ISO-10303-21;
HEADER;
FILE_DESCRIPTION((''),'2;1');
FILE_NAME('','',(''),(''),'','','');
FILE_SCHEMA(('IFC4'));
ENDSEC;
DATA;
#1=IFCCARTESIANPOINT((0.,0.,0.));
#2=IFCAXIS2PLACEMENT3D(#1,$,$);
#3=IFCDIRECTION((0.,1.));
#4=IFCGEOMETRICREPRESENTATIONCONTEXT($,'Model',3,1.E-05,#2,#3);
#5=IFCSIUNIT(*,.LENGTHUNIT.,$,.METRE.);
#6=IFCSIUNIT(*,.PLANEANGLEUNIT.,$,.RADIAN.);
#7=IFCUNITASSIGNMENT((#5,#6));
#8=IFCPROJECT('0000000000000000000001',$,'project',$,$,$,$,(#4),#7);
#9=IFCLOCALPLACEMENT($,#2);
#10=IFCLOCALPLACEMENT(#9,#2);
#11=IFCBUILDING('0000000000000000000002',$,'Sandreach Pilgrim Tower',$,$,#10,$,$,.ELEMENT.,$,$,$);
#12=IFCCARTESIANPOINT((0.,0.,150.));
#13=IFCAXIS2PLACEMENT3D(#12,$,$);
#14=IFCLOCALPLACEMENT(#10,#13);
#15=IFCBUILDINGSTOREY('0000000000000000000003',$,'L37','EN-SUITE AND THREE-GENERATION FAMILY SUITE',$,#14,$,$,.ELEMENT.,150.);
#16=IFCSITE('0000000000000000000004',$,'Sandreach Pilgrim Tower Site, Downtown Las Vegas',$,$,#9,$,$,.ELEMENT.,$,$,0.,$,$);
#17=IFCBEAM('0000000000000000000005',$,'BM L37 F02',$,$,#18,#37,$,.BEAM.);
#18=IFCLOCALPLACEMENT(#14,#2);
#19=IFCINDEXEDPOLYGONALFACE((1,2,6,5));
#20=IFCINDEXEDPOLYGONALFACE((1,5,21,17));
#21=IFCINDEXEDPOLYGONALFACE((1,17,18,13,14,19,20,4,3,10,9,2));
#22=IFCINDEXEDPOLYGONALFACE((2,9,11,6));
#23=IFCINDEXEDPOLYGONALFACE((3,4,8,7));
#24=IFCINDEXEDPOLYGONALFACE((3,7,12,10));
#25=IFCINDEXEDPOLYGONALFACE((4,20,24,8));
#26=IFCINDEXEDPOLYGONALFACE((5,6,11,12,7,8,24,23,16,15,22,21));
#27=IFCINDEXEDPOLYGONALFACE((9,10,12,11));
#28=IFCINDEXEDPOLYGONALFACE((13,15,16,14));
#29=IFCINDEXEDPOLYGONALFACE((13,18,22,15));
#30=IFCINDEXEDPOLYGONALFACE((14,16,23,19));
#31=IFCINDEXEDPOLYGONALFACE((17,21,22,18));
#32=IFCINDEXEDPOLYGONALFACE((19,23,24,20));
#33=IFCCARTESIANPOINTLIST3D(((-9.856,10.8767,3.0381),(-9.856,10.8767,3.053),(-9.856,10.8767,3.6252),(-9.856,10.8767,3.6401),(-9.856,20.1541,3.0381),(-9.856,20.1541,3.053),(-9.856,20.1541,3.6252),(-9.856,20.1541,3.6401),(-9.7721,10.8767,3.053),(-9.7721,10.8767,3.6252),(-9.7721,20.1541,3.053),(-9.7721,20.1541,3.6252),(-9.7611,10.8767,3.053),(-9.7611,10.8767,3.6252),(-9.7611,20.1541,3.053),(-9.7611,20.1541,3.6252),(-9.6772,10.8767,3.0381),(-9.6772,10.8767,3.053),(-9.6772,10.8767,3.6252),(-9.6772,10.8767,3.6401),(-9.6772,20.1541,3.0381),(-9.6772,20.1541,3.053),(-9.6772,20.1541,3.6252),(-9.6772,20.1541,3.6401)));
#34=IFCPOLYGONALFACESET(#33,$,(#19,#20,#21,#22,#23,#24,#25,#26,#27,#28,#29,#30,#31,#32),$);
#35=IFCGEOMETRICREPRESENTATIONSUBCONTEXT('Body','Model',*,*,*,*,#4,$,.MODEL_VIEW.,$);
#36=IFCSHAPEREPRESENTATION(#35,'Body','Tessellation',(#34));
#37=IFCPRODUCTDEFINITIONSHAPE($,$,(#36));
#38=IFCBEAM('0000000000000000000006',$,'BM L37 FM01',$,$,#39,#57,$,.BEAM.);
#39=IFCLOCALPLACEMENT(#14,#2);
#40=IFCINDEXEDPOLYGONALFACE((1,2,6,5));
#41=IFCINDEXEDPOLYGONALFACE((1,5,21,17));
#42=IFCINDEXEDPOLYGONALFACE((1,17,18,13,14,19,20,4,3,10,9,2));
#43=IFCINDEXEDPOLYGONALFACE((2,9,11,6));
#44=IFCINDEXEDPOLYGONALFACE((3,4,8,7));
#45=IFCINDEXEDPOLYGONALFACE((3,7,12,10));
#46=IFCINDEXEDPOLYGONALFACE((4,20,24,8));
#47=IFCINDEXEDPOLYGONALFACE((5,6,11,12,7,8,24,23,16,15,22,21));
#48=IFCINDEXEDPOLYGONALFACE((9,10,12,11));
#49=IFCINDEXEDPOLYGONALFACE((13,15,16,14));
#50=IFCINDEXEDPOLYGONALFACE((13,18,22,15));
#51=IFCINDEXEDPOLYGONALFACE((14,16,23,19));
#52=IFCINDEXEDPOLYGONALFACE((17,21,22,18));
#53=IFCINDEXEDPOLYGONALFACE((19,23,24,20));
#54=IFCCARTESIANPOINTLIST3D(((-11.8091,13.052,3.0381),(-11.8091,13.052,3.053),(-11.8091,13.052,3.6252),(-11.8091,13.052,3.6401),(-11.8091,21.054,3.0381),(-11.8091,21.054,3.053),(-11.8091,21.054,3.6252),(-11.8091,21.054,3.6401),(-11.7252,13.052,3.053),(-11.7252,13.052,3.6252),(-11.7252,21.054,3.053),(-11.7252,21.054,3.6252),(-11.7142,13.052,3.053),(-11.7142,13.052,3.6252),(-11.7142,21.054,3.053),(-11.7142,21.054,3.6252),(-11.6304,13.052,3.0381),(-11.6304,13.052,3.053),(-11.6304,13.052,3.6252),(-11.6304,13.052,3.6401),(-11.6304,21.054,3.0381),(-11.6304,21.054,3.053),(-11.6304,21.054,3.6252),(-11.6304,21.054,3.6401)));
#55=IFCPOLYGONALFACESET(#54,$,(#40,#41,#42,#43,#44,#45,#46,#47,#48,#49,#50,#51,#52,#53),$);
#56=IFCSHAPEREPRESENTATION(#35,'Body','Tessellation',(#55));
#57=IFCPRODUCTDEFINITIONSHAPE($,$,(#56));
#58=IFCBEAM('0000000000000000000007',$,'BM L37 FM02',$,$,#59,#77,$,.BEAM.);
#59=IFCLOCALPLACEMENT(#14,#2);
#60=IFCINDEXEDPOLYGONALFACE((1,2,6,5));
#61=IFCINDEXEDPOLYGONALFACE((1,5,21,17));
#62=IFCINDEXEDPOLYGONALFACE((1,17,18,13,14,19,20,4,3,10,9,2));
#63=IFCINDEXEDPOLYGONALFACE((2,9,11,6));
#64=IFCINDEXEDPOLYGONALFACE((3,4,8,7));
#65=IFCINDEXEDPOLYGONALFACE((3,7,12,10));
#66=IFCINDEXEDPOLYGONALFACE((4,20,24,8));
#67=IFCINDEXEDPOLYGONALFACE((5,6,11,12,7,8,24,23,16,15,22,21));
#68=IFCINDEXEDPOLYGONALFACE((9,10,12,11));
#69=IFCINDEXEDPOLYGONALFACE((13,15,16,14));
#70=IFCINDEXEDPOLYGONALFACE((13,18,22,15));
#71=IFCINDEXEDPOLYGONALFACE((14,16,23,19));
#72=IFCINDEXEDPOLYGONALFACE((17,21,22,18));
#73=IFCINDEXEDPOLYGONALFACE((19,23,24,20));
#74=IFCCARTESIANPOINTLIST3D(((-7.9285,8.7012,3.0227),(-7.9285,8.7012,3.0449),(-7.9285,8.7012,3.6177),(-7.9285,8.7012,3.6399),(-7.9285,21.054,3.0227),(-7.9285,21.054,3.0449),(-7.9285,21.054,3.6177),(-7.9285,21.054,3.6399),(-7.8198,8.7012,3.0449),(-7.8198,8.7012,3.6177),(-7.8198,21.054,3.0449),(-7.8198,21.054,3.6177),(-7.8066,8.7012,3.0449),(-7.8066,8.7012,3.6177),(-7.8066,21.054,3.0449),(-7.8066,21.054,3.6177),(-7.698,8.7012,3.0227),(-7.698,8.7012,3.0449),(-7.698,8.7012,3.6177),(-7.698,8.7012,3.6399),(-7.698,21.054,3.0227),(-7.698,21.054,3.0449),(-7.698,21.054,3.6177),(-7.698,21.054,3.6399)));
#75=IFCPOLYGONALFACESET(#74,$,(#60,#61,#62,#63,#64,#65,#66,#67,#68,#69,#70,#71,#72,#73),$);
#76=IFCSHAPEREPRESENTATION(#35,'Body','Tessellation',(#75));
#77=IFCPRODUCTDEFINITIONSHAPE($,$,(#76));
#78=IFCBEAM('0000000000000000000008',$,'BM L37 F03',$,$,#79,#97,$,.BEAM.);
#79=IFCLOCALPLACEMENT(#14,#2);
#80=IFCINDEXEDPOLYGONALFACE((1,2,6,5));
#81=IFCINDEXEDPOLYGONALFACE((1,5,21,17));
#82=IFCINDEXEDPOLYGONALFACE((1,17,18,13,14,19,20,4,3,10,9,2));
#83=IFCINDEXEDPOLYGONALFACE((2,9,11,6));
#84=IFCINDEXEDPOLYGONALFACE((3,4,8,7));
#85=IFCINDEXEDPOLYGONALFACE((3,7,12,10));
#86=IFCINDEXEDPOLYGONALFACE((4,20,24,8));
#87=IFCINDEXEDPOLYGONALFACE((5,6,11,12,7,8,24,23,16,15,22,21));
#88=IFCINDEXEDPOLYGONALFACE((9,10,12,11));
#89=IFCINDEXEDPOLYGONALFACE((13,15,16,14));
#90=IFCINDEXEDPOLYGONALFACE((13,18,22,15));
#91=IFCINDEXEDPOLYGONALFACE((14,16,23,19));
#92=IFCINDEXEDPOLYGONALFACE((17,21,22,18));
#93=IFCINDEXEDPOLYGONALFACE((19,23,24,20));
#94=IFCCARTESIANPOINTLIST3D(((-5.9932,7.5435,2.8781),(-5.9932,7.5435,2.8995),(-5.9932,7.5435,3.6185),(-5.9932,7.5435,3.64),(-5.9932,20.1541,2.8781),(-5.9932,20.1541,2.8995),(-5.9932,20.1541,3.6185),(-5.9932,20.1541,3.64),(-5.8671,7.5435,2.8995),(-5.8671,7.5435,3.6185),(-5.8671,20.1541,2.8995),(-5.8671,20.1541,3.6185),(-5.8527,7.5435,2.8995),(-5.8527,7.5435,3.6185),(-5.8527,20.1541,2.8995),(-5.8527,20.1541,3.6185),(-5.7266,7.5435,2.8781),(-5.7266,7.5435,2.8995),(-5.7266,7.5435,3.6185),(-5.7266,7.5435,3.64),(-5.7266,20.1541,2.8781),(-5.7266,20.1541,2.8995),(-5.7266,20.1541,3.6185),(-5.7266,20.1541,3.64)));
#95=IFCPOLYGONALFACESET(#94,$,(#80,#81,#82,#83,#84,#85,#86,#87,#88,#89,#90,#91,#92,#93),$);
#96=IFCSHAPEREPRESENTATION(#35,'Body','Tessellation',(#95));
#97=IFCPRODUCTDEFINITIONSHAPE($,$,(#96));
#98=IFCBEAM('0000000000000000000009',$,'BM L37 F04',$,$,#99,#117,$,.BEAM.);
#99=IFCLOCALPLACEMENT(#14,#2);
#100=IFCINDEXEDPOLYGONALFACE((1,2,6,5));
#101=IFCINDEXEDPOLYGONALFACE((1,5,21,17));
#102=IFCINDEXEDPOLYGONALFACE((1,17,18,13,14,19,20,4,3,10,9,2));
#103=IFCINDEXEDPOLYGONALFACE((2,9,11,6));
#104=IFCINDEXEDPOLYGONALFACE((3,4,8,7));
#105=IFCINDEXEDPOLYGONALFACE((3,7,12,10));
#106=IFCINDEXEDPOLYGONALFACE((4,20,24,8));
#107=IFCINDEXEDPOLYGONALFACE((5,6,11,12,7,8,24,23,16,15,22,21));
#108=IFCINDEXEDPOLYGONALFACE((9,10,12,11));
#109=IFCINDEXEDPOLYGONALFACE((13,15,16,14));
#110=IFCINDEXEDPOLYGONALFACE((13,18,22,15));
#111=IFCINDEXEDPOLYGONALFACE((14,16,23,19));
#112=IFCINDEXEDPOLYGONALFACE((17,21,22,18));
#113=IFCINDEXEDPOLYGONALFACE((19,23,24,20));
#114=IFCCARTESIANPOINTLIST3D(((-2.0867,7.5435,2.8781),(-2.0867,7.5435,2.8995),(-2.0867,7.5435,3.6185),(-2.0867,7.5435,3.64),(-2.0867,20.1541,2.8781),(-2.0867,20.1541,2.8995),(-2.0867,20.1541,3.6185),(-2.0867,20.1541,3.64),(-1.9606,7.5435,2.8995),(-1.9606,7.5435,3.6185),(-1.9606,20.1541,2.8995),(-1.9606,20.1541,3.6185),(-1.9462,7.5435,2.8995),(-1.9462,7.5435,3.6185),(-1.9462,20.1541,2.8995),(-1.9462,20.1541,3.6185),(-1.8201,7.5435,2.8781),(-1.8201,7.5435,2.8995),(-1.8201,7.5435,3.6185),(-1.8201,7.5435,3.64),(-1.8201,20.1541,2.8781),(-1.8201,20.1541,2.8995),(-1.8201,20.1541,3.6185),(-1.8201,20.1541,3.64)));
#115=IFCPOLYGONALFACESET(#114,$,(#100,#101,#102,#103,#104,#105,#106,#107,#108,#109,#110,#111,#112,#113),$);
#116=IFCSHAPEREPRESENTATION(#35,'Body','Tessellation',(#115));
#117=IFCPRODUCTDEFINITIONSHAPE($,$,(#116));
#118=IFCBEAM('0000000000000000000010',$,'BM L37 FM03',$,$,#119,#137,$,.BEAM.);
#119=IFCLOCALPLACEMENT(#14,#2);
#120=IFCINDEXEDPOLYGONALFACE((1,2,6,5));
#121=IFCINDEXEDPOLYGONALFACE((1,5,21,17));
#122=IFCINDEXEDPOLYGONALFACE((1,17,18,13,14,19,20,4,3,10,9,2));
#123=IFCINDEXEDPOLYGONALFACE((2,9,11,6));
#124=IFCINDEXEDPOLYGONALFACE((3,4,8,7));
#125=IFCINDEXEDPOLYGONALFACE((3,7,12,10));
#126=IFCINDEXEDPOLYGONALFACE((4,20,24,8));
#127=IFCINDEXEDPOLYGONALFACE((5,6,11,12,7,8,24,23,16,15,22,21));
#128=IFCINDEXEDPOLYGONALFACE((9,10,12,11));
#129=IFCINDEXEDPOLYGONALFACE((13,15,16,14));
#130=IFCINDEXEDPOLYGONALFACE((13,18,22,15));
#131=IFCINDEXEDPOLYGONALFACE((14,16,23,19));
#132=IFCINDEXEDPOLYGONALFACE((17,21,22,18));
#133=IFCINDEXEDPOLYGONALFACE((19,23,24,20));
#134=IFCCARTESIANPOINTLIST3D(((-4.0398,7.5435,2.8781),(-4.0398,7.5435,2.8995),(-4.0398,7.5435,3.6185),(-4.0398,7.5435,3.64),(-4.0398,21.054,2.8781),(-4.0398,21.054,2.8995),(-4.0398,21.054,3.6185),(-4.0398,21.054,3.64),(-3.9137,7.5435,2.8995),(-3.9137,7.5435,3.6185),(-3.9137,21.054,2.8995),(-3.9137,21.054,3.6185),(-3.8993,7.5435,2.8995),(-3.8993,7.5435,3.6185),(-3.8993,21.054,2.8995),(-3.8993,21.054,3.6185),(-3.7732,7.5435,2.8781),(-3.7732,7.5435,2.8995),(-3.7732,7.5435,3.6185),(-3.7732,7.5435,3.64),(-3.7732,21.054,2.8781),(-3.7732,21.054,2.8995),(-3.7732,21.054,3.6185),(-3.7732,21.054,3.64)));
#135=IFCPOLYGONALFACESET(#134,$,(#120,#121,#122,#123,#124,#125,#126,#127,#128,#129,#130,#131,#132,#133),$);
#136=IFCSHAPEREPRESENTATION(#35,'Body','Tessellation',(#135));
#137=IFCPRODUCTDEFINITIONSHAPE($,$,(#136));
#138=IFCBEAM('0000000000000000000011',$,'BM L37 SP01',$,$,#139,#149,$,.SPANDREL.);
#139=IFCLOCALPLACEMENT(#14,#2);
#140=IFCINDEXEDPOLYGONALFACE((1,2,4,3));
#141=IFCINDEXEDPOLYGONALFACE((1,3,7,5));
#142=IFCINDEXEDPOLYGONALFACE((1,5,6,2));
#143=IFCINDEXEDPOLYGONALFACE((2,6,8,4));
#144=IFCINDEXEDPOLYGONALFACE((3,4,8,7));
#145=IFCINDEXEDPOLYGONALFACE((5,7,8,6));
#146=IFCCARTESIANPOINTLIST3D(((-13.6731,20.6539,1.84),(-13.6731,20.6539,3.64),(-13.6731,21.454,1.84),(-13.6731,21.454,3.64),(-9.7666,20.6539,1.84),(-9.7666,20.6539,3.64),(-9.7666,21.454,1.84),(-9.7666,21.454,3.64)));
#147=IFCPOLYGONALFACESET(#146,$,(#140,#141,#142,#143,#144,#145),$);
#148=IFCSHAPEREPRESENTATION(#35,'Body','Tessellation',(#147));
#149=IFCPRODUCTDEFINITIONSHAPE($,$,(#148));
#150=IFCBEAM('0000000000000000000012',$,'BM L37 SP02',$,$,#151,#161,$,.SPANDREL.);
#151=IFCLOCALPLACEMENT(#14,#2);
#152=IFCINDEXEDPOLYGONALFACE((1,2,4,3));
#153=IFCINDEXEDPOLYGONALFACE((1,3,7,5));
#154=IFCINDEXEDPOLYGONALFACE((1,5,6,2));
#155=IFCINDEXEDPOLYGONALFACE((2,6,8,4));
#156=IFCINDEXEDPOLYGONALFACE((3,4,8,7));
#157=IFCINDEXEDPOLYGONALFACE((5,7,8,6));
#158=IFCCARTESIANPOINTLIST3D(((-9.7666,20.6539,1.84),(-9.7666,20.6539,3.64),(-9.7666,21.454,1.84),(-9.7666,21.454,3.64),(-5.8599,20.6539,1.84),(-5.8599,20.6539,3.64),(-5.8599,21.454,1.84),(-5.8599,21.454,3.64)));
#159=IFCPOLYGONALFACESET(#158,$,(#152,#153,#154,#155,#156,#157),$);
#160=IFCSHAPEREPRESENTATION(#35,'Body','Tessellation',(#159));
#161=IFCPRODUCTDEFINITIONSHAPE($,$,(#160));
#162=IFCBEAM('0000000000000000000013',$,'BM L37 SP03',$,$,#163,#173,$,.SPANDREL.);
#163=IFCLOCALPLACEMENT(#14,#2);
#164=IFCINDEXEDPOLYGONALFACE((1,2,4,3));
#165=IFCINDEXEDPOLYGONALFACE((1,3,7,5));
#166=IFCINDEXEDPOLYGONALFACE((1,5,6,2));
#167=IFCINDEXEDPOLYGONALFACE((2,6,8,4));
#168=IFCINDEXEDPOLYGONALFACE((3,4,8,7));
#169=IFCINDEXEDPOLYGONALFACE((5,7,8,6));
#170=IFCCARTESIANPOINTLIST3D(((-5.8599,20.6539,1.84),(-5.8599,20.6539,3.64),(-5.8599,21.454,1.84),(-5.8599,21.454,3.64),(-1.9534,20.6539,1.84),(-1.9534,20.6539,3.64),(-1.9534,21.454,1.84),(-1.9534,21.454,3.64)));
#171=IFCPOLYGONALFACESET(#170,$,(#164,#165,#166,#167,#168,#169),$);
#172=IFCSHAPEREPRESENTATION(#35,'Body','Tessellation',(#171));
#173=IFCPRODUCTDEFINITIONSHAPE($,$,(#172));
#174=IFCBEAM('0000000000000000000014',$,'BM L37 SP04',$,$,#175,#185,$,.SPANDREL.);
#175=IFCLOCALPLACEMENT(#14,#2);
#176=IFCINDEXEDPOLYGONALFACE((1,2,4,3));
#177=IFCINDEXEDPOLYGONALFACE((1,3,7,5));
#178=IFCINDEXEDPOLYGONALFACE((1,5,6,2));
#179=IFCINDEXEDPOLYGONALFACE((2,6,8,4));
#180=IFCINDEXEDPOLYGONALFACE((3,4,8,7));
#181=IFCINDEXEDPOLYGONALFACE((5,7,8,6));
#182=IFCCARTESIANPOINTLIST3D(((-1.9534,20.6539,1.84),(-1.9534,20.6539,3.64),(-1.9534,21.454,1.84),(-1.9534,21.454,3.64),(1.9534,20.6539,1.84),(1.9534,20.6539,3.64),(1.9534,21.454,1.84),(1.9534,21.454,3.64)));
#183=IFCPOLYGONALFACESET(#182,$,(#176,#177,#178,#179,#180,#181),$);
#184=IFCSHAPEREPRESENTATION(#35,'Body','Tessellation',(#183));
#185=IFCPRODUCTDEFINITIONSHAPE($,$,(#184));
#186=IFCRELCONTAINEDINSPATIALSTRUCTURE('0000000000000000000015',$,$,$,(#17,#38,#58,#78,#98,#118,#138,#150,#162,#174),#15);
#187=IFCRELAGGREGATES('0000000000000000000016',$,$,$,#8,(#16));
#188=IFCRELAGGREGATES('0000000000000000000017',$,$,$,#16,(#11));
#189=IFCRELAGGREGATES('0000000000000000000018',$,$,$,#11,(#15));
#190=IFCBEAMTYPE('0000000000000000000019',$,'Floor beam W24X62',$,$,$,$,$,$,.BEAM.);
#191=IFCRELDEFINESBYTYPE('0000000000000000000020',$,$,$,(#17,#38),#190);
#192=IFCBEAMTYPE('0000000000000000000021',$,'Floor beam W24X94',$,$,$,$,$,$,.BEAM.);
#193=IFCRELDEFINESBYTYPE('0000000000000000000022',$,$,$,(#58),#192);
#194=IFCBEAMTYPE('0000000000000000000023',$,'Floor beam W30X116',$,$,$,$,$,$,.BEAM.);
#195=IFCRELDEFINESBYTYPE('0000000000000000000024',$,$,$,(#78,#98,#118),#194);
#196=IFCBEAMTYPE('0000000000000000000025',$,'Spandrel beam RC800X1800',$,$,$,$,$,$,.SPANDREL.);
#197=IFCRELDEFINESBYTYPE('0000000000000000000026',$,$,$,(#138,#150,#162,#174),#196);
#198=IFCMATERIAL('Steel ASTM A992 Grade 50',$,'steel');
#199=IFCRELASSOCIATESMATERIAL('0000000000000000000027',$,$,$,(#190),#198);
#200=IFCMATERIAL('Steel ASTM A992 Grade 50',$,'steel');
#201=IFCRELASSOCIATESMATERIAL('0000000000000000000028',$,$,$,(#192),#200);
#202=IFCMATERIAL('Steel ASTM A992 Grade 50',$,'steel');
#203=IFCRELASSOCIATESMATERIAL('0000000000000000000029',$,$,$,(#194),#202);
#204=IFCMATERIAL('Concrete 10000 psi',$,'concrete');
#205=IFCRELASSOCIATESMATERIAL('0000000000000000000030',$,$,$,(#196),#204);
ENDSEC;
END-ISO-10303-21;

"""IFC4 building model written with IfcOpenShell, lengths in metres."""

from ifc_helpers import new_model, si_unit, direction, frame, origin, origin_2d, place, context, subcontext, project, spatial, rectangle, i_section, extrude, material, material_profile, profile_set, type_object, element, save


model = new_model("IFC4")

# Units and contexts
model_context = context("Model", 3, precision=1e-05, world=origin(), true_north=direction((0.0, 1.0)))
body_context = subcontext(model_context, "Body", "Model", "MODEL_VIEW")
ifc_project = project(units=[si_unit("LENGTHUNIT", "METRE"), si_unit("PLANEANGLEUNIT", "RADIAN")], contexts=[model_context])

# Site, building, storey
site_placement = place(None, origin())
site = spatial("IfcSite", under=ifc_project, at=site_placement, Name="Sandreach Pilgrim Tower Site, Downtown Las Vegas", CompositionType="ELEMENT", RefElevation=0.0)
building_placement = place(site_placement, origin())
building = spatial("IfcBuilding", under=site, at=building_placement, Name="Sandreach Pilgrim Tower", CompositionType="ELEMENT")
storey_placement = place(building_placement, frame((0.0, 0.0, 150.0)))
storey = spatial("IfcBuildingStorey", under=building, at=storey_placement, Name="L37", Description="EN-SUITE AND THREE-GENERATION FAMILY SUITE", CompositionType="ELEMENT", Elevation=150.0)

# Beams
ifc_material_1 = material(Name="Steel ASTM A992 Grade 50", Category="steel")
ifc_material_profile_1 = material_profile(ifc_material_1, i_section(OverallWidth=0.1787, OverallDepth=0.6021, WebThickness=0.011, FlangeThickness=0.0149, at=origin_2d()), Name="W24X62")
ifc_profile_set_1 = profile_set([ifc_material_profile_1], Name="Steel ASTM A992 Grade 50")
beam_type_1 = type_object("IfcBeamType", Name="Floor beam W24X62", PredefinedType="BEAM", material=ifc_profile_set_1)
beam_1_placement = place(storey_placement, frame((-9.7666, 20.1541, 3.3391), z_axis=(0.0, -1.0, 0.0), x_axis=(1.0, 0.0, 0.0)))
element("IfcBeam", 1, at=beam_1_placement, inside=storey, type_object=beam_type_1, Name="BM L37 F02", PredefinedType="BEAM", context=body_context, shape_type="SweptSolid", body=[
    extrude(i_section(OverallWidth=0.1787, OverallDepth=0.6021, WebThickness=0.011, FlangeThickness=0.0149, at=origin_2d()), origin(), (0.0, 0.0, 1.0), 9.2773),
])
beam_2_placement = place(storey_placement, frame((-11.7197, 21.054, 3.3391), z_axis=(0.0, -1.0, 0.0), x_axis=(1.0, 0.0, 0.0)))
element("IfcBeam", 2, at=beam_2_placement, inside=storey, type_object=beam_type_1, Name="BM L37 FM01", PredefinedType="BEAM", context=body_context, shape_type="SweptSolid", body=[
    extrude(i_section(OverallWidth=0.1787, OverallDepth=0.6021, WebThickness=0.011, FlangeThickness=0.0149, at=origin_2d()), origin(), (0.0, 0.0, 1.0), 8.002),
])
ifc_material_2 = material(Name="Steel ASTM A992 Grade 50", Category="steel")
ifc_material_profile_2 = material_profile(ifc_material_2, i_section(OverallWidth=0.2305, OverallDepth=0.6172, WebThickness=0.0132, FlangeThickness=0.0222, at=origin_2d()), Name="W24X94")
ifc_profile_set_2 = profile_set([ifc_material_profile_2], Name="Steel ASTM A992 Grade 50")
beam_type_2 = type_object("IfcBeamType", Name="Floor beam W24X94", PredefinedType="BEAM", material=ifc_profile_set_2)
beam_3_placement = place(storey_placement, frame((-7.8132, 21.054, 3.3313), z_axis=(0.0, -1.0, 0.0), x_axis=(1.0, 0.0, 0.0)))
element("IfcBeam", 3, at=beam_3_placement, inside=storey, type_object=beam_type_2, Name="BM L37 FM02", PredefinedType="BEAM", context=body_context, shape_type="SweptSolid", body=[
    extrude(i_section(OverallWidth=0.2305, OverallDepth=0.6172, WebThickness=0.0132, FlangeThickness=0.0222, at=origin_2d()), origin(), (0.0, 0.0, 1.0), 12.3528),
])
ifc_material_3 = material(Name="Steel ASTM A992 Grade 50", Category="steel")
ifc_material_profile_3 = material_profile(ifc_material_3, i_section(OverallWidth=0.2666, OverallDepth=0.762, WebThickness=0.0144, FlangeThickness=0.0215, at=origin_2d()), Name="W30X116")
ifc_profile_set_3 = profile_set([ifc_material_profile_3], Name="Steel ASTM A992 Grade 50")
beam_type_3 = type_object("IfcBeamType", Name="Floor beam W30X116", PredefinedType="BEAM", material=ifc_profile_set_3)
for number, where, z_axis, x_axis, name in (
    (4, (-5.8599, 20.1541, 3.259), (0.0, -1.0, 0.0), (1.0, 0.0, 0.0), "BM L37 F03"),
    (5, (-1.9534, 20.1541, 3.259), (0.0, -1.0, 0.0), (1.0, 0.0, 0.0), "BM L37 F04"),
):
    element("IfcBeam", number, at=place(storey_placement, frame(where, z_axis=z_axis, x_axis=x_axis)), inside=storey, type_object=beam_type_3, Name=name, PredefinedType="BEAM", context=body_context, shape_type="SweptSolid", body=[
        extrude(i_section(OverallWidth=0.2666, OverallDepth=0.762, WebThickness=0.0144, FlangeThickness=0.0215, at=origin_2d()), origin(), (0.0, 0.0, 1.0), 12.6106),
    ])
beam_4_placement = place(storey_placement, frame((-3.9065, 21.054, 3.259), z_axis=(0.0, -1.0, 0.0), x_axis=(1.0, 0.0, 0.0)))
element("IfcBeam", 6, at=beam_4_placement, inside=storey, type_object=beam_type_3, Name="BM L37 FM03", PredefinedType="BEAM", context=body_context, shape_type="SweptSolid", body=[
    extrude(i_section(OverallWidth=0.2666, OverallDepth=0.762, WebThickness=0.0144, FlangeThickness=0.0215, at=origin_2d()), origin(), (0.0, 0.0, 1.0), 13.5105),
])
ifc_material_4 = material(Name="Concrete 10000 psi", Category="concrete")
ifc_material_profile_4 = material_profile(ifc_material_4, rectangle(XDim=0.8, YDim=1.8, at=origin_2d()), Name="RC800X1800")
ifc_profile_set_4 = profile_set([ifc_material_profile_4], Name="Concrete 10000 psi")
beam_type_4 = type_object("IfcBeamType", Name="Spandrel beam RC800X1800", PredefinedType="SPANDREL", material=ifc_profile_set_4)
beam_5_placement = place(storey_placement, frame((-13.6731, 21.054, 2.74), z_axis=(1.0, 0.0, 0.0), x_axis=(0.0, 1.0, 0.0)))
element("IfcBeam", 7, at=beam_5_placement, inside=storey, type_object=beam_type_4, Name="BM L37 SP01", PredefinedType="SPANDREL", context=body_context, shape_type="SweptSolid", body=[
    extrude(rectangle(XDim=0.8, YDim=1.8, at=origin_2d()), origin(), (0.0, 0.0, 1.0), 3.9065),
])
beam_6_placement = place(storey_placement, frame((-9.7666, 21.054, 2.74), z_axis=(1.0, 0.0, 0.0), x_axis=(0.0, 1.0, 0.0)))
element("IfcBeam", 8, at=beam_6_placement, inside=storey, type_object=beam_type_4, Name="BM L37 SP02", PredefinedType="SPANDREL", context=body_context, shape_type="SweptSolid", body=[
    extrude(rectangle(XDim=0.8, YDim=1.8, at=origin_2d()), origin(), (0.0, 0.0, 1.0), 3.9067),
])
beam_7_placement = place(storey_placement, frame((-5.8599, 21.054, 2.74), z_axis=(1.0, 0.0, 0.0), x_axis=(0.0, 1.0, 0.0)))
element("IfcBeam", 9, at=beam_7_placement, inside=storey, type_object=beam_type_4, Name="BM L37 SP03", PredefinedType="SPANDREL", context=body_context, shape_type="SweptSolid", body=[
    extrude(rectangle(XDim=0.8, YDim=1.8, at=origin_2d()), origin(), (0.0, 0.0, 1.0), 3.9065),
])
beam_8_placement = place(storey_placement, frame((-1.9534, 21.054, 2.74), z_axis=(1.0, 0.0, 0.0), x_axis=(0.0, 1.0, 0.0)))
element("IfcBeam", 10, at=beam_8_placement, inside=storey, type_object=beam_type_4, Name="BM L37 SP04", PredefinedType="SPANDREL", context=body_context, shape_type="SweptSolid", body=[
    extrude(rectangle(XDim=0.8, YDim=1.8, at=origin_2d()), origin(), (0.0, 0.0, 1.0), 3.9067),
])

save(model, "model.ifc")
